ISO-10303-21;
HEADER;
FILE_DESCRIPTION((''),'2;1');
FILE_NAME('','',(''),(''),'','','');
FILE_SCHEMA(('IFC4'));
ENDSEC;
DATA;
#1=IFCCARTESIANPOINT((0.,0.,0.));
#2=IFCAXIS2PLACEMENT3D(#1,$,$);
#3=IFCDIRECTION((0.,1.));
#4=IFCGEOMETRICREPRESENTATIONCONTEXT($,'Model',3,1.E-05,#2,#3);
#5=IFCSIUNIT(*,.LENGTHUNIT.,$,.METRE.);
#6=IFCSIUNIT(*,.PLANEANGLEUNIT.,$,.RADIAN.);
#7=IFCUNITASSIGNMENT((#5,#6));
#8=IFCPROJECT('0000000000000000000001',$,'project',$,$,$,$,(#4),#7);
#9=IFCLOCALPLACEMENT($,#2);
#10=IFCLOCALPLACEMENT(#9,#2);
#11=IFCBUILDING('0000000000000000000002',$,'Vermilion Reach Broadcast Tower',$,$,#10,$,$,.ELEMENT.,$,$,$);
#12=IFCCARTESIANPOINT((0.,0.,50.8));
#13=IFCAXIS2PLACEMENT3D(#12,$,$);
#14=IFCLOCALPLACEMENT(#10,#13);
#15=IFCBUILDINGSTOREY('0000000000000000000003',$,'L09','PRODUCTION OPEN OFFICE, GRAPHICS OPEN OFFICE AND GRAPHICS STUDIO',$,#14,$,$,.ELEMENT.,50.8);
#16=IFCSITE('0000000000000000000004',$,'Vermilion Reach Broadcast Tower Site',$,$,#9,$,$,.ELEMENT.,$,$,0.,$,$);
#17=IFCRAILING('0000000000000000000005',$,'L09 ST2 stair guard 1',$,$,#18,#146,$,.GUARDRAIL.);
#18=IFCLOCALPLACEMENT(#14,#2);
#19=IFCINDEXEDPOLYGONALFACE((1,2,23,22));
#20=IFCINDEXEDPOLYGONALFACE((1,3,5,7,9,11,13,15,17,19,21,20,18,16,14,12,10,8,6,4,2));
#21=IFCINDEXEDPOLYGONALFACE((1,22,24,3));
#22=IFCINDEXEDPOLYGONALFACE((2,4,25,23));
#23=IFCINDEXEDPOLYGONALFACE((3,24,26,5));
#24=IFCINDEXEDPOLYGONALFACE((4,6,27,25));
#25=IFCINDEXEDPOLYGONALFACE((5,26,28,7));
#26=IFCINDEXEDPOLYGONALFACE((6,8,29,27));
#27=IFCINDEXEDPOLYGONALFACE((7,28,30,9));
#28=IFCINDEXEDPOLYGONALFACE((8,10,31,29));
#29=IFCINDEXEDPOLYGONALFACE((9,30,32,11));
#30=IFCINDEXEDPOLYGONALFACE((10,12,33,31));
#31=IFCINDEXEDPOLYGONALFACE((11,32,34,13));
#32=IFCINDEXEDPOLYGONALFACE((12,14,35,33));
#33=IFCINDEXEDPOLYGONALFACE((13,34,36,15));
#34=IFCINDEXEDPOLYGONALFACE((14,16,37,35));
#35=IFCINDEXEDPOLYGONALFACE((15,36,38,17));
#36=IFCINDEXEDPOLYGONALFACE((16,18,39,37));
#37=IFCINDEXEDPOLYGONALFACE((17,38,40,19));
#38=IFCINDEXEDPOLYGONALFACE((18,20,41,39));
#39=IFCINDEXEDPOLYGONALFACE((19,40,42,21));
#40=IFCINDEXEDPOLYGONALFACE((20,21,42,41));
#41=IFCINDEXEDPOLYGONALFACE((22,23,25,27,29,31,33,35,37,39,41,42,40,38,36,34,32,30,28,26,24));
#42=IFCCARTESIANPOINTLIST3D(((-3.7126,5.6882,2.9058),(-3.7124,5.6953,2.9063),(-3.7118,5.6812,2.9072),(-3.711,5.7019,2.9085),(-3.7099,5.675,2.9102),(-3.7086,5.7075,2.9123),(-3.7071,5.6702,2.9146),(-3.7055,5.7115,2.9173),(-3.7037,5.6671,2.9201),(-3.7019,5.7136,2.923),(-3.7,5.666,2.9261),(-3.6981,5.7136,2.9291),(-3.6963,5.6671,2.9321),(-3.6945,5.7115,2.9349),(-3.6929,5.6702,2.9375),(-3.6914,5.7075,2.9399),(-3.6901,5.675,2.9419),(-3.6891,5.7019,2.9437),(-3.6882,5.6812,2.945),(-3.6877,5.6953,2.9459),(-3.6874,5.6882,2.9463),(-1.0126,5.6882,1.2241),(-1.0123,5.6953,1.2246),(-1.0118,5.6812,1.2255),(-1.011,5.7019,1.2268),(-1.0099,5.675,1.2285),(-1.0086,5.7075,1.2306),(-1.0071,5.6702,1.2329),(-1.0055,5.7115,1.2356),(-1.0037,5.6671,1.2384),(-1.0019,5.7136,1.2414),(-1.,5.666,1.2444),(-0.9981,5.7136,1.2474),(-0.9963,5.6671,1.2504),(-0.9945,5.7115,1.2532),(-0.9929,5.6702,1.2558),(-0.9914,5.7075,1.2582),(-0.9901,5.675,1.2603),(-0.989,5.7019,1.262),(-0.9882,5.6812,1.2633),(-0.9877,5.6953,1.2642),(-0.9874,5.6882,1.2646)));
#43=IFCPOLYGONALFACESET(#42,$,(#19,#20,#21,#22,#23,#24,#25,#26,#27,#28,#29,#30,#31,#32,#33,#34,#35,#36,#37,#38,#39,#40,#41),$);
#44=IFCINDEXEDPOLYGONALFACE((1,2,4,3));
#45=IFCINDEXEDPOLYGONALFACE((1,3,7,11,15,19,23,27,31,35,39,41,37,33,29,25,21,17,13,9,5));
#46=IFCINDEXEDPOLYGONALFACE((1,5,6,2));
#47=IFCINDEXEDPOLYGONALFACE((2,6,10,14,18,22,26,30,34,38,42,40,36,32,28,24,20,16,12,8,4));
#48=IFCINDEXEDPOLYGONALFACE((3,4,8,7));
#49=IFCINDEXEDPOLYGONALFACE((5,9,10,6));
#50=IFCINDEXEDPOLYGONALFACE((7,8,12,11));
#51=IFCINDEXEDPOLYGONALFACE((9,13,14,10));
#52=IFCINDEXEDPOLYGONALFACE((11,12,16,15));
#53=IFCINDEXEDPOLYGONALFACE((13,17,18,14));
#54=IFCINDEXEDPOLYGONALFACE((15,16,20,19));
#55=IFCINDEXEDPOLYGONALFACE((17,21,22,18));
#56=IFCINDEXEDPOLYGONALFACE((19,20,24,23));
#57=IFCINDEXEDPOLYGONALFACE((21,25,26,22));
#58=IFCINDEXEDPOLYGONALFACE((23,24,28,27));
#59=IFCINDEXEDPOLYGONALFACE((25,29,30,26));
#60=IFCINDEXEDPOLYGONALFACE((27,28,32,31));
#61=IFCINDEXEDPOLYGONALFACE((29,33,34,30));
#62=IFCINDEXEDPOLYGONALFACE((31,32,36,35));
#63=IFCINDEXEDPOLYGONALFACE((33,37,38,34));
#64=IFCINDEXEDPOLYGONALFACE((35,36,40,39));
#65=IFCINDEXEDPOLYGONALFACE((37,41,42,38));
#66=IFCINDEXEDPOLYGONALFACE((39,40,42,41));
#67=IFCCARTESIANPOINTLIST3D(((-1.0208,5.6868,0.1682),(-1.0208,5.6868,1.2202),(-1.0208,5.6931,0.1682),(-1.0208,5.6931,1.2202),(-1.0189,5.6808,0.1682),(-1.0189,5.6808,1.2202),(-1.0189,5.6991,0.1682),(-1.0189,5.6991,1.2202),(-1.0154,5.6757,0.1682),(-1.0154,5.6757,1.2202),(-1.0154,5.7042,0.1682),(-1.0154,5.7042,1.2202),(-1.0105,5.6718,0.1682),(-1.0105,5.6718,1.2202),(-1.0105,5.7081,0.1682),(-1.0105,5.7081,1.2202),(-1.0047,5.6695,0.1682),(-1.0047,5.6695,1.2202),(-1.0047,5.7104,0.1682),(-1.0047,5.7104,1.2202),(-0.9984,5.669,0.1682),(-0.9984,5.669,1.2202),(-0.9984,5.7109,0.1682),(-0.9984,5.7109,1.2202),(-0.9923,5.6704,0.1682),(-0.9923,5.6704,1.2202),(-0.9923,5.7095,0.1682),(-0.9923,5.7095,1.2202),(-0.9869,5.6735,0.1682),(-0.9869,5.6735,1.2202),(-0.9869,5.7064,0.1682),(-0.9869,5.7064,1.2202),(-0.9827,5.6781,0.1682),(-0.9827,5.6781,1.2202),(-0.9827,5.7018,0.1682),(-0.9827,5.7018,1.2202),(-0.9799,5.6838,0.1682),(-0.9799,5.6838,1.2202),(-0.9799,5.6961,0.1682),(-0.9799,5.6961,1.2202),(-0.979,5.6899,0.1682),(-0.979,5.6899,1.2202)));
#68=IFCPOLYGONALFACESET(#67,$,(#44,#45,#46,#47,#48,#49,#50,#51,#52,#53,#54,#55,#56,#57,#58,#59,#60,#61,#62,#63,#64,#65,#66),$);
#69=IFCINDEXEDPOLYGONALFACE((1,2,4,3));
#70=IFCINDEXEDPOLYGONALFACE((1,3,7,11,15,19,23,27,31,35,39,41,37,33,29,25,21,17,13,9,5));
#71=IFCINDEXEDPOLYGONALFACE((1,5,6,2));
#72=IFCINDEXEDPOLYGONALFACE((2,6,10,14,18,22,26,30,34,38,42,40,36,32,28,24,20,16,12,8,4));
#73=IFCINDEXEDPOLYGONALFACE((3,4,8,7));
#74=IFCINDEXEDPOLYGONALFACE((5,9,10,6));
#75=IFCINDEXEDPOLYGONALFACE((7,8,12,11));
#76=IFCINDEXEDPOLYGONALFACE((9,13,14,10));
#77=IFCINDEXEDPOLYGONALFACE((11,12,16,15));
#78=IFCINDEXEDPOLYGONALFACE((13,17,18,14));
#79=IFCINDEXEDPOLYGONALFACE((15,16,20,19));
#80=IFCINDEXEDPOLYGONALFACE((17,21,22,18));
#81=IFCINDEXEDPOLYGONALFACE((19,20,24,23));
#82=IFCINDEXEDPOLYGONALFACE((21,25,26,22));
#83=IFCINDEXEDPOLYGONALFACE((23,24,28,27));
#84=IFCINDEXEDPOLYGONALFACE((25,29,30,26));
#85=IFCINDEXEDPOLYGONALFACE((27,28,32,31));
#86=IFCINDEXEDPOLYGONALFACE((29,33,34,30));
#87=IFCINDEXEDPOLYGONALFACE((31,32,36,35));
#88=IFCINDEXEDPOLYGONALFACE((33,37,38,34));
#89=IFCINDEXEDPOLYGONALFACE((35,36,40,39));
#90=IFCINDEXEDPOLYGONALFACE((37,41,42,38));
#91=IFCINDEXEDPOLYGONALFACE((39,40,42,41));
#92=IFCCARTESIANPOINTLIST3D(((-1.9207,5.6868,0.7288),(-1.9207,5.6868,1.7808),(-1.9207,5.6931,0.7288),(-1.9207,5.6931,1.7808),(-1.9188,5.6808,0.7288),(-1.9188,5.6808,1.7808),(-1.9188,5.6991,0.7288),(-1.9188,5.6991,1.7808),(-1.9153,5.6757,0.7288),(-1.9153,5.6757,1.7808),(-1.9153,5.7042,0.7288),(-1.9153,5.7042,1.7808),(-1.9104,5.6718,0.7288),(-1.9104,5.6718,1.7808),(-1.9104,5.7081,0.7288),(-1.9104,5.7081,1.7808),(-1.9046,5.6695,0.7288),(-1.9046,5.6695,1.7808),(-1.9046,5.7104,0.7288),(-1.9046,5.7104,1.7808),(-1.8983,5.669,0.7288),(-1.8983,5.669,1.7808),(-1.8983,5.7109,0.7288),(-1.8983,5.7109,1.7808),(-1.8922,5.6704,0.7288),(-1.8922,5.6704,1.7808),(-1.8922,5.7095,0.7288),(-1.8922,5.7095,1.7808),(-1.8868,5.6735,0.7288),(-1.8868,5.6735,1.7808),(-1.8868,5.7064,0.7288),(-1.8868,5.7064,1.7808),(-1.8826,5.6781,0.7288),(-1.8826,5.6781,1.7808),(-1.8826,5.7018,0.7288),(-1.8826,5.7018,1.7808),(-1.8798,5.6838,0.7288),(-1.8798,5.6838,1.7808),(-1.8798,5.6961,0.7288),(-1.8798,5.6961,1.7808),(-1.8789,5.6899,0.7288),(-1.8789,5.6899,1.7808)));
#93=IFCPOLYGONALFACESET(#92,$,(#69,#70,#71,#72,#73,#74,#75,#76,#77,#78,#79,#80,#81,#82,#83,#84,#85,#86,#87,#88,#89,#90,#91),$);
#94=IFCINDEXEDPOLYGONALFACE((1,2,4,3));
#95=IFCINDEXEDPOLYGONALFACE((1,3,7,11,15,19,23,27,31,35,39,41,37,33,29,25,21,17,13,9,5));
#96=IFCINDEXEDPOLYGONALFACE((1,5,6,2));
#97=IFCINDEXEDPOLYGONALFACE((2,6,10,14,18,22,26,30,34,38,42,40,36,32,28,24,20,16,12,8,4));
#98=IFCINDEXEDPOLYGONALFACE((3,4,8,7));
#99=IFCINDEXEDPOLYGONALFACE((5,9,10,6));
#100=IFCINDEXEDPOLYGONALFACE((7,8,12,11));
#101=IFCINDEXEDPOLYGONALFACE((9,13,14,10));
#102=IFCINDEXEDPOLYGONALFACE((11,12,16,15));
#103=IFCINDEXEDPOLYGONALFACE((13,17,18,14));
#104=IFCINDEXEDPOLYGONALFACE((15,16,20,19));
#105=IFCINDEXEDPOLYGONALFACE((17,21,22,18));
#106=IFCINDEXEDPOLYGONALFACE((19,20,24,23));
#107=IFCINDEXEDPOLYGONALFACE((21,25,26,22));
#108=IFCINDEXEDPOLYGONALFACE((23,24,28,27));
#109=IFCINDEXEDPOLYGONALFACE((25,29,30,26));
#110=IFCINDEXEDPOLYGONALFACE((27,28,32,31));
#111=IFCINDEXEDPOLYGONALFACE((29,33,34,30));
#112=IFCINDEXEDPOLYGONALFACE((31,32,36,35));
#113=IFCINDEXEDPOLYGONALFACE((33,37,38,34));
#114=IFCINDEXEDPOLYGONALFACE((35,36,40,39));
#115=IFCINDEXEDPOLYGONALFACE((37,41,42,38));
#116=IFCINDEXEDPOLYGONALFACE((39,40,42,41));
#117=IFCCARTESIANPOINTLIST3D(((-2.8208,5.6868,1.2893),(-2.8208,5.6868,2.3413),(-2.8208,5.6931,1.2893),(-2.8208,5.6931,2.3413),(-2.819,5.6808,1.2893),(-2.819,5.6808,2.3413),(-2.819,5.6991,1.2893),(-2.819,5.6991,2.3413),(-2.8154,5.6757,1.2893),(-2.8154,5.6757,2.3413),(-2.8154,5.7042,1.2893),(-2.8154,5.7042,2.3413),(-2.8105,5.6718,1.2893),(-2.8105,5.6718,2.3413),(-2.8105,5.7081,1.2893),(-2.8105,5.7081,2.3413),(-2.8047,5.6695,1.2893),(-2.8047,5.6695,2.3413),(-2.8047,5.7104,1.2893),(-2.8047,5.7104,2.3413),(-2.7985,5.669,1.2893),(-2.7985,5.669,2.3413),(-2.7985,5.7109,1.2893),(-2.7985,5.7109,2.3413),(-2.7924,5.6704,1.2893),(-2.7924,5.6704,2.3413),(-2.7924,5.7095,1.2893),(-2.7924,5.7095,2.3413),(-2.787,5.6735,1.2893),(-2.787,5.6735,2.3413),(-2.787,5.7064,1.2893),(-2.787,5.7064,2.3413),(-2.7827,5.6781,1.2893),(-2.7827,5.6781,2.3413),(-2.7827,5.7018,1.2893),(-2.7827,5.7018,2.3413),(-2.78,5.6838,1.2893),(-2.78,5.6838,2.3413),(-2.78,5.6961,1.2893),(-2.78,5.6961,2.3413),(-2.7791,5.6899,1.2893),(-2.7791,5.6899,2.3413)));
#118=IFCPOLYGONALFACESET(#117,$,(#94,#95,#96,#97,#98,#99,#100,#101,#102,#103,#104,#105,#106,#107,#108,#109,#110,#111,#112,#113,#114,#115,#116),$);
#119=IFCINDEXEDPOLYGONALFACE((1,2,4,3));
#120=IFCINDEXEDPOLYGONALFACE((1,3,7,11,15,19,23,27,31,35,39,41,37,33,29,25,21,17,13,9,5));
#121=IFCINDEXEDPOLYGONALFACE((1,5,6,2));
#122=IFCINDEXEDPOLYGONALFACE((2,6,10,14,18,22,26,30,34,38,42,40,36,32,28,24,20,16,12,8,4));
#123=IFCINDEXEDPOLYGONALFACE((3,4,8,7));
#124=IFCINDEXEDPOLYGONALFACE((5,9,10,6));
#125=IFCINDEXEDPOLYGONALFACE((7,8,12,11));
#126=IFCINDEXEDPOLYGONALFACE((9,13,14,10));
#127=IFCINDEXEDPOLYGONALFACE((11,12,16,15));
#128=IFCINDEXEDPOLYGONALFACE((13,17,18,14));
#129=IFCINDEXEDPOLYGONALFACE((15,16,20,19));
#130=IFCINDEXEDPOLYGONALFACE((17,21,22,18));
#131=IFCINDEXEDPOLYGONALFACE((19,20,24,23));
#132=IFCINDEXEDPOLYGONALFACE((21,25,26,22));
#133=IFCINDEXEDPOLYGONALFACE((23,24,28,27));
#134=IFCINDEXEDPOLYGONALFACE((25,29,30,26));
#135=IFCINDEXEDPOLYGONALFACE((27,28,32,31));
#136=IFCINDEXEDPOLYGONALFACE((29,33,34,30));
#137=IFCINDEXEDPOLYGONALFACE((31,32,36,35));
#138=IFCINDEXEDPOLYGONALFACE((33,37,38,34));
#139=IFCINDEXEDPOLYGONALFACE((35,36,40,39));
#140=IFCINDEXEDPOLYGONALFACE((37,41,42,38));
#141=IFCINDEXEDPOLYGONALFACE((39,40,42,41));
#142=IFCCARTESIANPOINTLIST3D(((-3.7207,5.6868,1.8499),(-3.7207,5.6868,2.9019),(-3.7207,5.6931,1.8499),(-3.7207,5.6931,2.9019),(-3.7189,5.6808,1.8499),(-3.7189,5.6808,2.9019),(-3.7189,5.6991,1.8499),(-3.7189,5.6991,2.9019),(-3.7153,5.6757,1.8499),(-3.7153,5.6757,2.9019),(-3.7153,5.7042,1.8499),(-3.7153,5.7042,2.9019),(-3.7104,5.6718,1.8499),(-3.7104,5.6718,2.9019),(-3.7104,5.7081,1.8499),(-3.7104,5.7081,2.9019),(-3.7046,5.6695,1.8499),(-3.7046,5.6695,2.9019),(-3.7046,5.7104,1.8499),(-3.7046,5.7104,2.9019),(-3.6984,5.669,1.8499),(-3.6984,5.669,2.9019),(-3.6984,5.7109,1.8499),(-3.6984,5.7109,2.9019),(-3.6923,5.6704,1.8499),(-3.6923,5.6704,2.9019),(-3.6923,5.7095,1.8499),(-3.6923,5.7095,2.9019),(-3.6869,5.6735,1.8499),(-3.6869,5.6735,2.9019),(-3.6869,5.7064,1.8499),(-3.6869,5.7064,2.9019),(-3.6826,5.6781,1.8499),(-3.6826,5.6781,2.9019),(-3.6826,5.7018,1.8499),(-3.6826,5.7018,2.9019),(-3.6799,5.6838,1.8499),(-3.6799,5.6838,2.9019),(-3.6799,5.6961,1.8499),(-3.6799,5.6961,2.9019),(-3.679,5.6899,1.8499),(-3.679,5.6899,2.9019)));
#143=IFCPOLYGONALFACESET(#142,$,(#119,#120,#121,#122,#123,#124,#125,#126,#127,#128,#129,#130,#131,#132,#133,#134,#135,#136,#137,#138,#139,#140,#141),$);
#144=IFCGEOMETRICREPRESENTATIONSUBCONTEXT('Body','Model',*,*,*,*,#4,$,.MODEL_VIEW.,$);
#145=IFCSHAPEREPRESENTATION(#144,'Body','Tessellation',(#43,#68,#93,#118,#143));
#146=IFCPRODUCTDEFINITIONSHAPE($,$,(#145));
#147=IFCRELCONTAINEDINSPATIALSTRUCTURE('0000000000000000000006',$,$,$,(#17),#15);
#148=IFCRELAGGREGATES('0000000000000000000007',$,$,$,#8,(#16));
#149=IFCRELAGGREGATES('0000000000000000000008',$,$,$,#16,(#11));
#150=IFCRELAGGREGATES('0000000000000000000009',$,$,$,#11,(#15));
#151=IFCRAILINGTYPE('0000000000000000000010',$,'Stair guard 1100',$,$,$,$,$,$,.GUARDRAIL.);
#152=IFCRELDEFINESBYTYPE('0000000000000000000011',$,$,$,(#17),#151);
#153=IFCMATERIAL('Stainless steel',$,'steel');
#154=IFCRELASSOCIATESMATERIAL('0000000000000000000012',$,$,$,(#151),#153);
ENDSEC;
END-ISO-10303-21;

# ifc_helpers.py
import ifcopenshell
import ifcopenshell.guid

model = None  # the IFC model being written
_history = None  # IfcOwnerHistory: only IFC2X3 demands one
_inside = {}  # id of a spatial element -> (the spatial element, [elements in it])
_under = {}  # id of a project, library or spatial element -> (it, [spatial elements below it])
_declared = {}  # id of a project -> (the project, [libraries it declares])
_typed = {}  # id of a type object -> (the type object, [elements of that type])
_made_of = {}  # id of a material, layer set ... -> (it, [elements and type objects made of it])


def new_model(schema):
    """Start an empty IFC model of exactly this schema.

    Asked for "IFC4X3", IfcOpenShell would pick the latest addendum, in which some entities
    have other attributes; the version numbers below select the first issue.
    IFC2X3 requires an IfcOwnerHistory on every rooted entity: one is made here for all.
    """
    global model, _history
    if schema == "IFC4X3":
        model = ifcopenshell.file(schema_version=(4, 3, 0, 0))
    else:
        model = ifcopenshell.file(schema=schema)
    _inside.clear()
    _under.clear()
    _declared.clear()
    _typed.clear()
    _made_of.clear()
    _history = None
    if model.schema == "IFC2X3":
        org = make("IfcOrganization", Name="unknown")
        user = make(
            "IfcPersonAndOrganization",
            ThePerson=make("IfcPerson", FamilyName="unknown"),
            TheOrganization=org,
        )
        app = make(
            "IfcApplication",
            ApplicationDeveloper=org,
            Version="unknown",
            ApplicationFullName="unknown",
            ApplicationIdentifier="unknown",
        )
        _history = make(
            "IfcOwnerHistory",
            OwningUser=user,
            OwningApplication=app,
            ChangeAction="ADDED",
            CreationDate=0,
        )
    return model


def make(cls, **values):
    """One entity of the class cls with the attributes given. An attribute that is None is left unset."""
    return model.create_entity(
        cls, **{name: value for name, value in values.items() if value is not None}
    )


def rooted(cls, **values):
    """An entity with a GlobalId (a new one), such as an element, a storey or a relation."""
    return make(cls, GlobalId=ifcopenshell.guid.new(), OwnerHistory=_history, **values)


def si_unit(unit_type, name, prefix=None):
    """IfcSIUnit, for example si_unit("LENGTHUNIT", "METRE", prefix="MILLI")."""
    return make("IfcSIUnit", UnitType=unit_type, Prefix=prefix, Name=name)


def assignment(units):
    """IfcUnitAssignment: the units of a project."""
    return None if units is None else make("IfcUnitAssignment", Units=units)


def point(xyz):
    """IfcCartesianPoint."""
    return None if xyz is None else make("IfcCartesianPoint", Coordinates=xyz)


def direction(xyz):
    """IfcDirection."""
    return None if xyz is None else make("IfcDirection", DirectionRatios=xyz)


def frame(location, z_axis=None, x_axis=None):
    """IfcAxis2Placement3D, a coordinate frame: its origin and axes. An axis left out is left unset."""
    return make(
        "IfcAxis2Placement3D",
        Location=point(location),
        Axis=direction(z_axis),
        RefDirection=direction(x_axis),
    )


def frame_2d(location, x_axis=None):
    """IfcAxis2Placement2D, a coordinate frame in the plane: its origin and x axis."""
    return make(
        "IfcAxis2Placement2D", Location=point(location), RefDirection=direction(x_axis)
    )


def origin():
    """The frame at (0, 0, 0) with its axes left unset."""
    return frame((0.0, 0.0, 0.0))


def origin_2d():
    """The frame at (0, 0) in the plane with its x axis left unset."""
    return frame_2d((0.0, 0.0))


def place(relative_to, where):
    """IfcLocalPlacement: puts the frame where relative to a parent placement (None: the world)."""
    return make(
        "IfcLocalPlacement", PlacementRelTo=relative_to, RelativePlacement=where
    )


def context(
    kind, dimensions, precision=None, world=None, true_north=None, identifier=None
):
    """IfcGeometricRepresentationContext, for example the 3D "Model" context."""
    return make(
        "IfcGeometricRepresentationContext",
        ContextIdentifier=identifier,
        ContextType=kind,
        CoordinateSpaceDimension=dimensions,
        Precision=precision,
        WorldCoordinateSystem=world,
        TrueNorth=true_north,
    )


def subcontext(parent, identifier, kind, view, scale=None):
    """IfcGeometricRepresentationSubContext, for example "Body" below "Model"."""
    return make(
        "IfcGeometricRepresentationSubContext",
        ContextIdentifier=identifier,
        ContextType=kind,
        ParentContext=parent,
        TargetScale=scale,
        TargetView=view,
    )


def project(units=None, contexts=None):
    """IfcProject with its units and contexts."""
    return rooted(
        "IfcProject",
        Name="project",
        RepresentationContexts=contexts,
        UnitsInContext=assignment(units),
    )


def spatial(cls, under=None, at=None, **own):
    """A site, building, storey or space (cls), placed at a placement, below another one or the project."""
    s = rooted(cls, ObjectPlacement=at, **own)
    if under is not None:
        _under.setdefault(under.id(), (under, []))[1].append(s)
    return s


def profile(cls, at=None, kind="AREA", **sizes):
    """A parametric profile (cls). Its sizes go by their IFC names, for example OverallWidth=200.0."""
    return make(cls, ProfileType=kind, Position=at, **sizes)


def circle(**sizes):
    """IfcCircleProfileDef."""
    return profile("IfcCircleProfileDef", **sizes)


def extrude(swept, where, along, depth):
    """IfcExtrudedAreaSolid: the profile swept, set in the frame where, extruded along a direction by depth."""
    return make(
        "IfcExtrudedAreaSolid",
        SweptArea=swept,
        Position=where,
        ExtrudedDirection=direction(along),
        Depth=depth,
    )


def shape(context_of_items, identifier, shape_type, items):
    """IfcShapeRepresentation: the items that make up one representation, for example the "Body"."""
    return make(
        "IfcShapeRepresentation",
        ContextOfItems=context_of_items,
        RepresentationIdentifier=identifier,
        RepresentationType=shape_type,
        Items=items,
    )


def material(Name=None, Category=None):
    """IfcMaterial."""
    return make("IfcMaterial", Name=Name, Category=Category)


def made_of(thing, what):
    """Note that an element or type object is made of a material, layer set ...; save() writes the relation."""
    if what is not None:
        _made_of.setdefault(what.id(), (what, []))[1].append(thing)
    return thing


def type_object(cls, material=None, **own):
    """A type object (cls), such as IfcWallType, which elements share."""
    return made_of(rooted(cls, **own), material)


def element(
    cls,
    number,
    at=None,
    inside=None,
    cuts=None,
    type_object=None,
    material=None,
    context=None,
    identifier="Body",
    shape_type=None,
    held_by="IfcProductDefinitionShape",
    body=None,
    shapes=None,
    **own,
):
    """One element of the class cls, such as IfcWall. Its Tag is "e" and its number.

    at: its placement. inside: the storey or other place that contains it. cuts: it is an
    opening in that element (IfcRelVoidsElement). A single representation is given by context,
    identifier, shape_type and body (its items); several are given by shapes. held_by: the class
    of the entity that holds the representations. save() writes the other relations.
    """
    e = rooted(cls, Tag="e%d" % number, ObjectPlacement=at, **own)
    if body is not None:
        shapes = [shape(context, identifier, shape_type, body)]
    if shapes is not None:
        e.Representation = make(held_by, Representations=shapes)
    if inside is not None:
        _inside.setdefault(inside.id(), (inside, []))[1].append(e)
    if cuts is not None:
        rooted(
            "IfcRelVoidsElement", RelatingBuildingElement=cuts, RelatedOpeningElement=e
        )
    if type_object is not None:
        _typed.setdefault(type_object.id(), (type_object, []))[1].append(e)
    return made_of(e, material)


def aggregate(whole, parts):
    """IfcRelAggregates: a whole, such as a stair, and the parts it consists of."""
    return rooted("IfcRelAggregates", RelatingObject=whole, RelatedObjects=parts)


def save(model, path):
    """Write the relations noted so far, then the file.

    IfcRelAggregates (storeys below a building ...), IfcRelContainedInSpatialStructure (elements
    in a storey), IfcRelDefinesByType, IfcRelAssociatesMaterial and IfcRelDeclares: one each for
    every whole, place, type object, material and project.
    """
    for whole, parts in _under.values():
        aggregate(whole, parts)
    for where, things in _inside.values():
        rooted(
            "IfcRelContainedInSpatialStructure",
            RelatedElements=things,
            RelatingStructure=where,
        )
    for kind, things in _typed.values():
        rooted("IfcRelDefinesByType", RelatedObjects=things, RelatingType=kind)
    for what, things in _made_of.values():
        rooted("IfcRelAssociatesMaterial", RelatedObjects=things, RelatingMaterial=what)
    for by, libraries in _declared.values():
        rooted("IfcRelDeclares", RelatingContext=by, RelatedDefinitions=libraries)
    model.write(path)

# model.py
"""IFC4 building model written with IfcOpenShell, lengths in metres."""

from ifc_helpers import new_model, si_unit, direction, frame, origin, origin_2d, place, context, subcontext, project, spatial, circle, extrude, material, type_object, element, save


model = new_model("IFC4")

# Units and contexts
model_context = context("Model", 3, precision=1e-05, world=origin(), true_north=direction((0.0, 1.0)))
body_context = subcontext(model_context, "Body", "Model", "MODEL_VIEW")
ifc_project = project(units=[si_unit("LENGTHUNIT", "METRE"), si_unit("PLANEANGLEUNIT", "RADIAN")], contexts=[model_context])

# Site, building, storey
site_placement = place(None, origin())
site = spatial("IfcSite", under=ifc_project, at=site_placement, Name="Vermilion Reach Broadcast Tower Site", CompositionType="ELEMENT", RefElevation=0.0)
building_placement = place(site_placement, origin())
building = spatial("IfcBuilding", under=site, at=building_placement, Name="Vermilion Reach Broadcast Tower", CompositionType="ELEMENT")
storey_placement = place(building_placement, frame((0.0, 0.0, 50.8)))
storey = spatial("IfcBuildingStorey", under=building, at=storey_placement, Name="L09", Description="PRODUCTION OPEN OFFICE, GRAPHICS OPEN OFFICE AND GRAPHICS STUDIO", CompositionType="ELEMENT", Elevation=50.8)

# Railing
ifc_material_1 = material(Name="Stainless steel", Category="steel")
railing_type_1 = type_object("IfcRailingType", Name="Stair guard 1100", PredefinedType="GUARDRAIL", material=ifc_material_1)
railing_1_placement = place(storey_placement, frame((-1.0, 5.6899, 0.1682)))
element("IfcRailing", 1, at=railing_1_placement, inside=storey, type_object=railing_type_1, Name="L09 ST2 stair guard 1", PredefinedType="GUARDRAIL", context=body_context, shape_type="SweptSolid", body=[
    extrude(circle(Radius=0.0239, at=origin_2d()), frame((0.0, 0.0, 1.0762), z_axis=(-0.848821, 0.0, 0.528681), x_axis=(0.0, -1.0, 0.0)), (0.0, 0.0, 1.0), 3.1809),
    extrude(circle(Radius=0.021, at=origin_2d()), origin(), (0.0, 0.0, 1.0), 1.052),
    extrude(circle(Radius=0.021, at=origin_2d()), frame((-0.8999, 0.0, 0.5605)), (0.0, 0.0, 1.0), 1.052),
    extrude(circle(Radius=0.021, at=origin_2d()), frame((-1.8, 0.0, 1.1211)), (0.0, 0.0, 1.0), 1.052),
    extrude(circle(Radius=0.021, at=origin_2d()), frame((-2.7, 0.0, 1.6816)), (0.0, 0.0, 1.0), 1.052),
])

save(model, "model.ifc")
